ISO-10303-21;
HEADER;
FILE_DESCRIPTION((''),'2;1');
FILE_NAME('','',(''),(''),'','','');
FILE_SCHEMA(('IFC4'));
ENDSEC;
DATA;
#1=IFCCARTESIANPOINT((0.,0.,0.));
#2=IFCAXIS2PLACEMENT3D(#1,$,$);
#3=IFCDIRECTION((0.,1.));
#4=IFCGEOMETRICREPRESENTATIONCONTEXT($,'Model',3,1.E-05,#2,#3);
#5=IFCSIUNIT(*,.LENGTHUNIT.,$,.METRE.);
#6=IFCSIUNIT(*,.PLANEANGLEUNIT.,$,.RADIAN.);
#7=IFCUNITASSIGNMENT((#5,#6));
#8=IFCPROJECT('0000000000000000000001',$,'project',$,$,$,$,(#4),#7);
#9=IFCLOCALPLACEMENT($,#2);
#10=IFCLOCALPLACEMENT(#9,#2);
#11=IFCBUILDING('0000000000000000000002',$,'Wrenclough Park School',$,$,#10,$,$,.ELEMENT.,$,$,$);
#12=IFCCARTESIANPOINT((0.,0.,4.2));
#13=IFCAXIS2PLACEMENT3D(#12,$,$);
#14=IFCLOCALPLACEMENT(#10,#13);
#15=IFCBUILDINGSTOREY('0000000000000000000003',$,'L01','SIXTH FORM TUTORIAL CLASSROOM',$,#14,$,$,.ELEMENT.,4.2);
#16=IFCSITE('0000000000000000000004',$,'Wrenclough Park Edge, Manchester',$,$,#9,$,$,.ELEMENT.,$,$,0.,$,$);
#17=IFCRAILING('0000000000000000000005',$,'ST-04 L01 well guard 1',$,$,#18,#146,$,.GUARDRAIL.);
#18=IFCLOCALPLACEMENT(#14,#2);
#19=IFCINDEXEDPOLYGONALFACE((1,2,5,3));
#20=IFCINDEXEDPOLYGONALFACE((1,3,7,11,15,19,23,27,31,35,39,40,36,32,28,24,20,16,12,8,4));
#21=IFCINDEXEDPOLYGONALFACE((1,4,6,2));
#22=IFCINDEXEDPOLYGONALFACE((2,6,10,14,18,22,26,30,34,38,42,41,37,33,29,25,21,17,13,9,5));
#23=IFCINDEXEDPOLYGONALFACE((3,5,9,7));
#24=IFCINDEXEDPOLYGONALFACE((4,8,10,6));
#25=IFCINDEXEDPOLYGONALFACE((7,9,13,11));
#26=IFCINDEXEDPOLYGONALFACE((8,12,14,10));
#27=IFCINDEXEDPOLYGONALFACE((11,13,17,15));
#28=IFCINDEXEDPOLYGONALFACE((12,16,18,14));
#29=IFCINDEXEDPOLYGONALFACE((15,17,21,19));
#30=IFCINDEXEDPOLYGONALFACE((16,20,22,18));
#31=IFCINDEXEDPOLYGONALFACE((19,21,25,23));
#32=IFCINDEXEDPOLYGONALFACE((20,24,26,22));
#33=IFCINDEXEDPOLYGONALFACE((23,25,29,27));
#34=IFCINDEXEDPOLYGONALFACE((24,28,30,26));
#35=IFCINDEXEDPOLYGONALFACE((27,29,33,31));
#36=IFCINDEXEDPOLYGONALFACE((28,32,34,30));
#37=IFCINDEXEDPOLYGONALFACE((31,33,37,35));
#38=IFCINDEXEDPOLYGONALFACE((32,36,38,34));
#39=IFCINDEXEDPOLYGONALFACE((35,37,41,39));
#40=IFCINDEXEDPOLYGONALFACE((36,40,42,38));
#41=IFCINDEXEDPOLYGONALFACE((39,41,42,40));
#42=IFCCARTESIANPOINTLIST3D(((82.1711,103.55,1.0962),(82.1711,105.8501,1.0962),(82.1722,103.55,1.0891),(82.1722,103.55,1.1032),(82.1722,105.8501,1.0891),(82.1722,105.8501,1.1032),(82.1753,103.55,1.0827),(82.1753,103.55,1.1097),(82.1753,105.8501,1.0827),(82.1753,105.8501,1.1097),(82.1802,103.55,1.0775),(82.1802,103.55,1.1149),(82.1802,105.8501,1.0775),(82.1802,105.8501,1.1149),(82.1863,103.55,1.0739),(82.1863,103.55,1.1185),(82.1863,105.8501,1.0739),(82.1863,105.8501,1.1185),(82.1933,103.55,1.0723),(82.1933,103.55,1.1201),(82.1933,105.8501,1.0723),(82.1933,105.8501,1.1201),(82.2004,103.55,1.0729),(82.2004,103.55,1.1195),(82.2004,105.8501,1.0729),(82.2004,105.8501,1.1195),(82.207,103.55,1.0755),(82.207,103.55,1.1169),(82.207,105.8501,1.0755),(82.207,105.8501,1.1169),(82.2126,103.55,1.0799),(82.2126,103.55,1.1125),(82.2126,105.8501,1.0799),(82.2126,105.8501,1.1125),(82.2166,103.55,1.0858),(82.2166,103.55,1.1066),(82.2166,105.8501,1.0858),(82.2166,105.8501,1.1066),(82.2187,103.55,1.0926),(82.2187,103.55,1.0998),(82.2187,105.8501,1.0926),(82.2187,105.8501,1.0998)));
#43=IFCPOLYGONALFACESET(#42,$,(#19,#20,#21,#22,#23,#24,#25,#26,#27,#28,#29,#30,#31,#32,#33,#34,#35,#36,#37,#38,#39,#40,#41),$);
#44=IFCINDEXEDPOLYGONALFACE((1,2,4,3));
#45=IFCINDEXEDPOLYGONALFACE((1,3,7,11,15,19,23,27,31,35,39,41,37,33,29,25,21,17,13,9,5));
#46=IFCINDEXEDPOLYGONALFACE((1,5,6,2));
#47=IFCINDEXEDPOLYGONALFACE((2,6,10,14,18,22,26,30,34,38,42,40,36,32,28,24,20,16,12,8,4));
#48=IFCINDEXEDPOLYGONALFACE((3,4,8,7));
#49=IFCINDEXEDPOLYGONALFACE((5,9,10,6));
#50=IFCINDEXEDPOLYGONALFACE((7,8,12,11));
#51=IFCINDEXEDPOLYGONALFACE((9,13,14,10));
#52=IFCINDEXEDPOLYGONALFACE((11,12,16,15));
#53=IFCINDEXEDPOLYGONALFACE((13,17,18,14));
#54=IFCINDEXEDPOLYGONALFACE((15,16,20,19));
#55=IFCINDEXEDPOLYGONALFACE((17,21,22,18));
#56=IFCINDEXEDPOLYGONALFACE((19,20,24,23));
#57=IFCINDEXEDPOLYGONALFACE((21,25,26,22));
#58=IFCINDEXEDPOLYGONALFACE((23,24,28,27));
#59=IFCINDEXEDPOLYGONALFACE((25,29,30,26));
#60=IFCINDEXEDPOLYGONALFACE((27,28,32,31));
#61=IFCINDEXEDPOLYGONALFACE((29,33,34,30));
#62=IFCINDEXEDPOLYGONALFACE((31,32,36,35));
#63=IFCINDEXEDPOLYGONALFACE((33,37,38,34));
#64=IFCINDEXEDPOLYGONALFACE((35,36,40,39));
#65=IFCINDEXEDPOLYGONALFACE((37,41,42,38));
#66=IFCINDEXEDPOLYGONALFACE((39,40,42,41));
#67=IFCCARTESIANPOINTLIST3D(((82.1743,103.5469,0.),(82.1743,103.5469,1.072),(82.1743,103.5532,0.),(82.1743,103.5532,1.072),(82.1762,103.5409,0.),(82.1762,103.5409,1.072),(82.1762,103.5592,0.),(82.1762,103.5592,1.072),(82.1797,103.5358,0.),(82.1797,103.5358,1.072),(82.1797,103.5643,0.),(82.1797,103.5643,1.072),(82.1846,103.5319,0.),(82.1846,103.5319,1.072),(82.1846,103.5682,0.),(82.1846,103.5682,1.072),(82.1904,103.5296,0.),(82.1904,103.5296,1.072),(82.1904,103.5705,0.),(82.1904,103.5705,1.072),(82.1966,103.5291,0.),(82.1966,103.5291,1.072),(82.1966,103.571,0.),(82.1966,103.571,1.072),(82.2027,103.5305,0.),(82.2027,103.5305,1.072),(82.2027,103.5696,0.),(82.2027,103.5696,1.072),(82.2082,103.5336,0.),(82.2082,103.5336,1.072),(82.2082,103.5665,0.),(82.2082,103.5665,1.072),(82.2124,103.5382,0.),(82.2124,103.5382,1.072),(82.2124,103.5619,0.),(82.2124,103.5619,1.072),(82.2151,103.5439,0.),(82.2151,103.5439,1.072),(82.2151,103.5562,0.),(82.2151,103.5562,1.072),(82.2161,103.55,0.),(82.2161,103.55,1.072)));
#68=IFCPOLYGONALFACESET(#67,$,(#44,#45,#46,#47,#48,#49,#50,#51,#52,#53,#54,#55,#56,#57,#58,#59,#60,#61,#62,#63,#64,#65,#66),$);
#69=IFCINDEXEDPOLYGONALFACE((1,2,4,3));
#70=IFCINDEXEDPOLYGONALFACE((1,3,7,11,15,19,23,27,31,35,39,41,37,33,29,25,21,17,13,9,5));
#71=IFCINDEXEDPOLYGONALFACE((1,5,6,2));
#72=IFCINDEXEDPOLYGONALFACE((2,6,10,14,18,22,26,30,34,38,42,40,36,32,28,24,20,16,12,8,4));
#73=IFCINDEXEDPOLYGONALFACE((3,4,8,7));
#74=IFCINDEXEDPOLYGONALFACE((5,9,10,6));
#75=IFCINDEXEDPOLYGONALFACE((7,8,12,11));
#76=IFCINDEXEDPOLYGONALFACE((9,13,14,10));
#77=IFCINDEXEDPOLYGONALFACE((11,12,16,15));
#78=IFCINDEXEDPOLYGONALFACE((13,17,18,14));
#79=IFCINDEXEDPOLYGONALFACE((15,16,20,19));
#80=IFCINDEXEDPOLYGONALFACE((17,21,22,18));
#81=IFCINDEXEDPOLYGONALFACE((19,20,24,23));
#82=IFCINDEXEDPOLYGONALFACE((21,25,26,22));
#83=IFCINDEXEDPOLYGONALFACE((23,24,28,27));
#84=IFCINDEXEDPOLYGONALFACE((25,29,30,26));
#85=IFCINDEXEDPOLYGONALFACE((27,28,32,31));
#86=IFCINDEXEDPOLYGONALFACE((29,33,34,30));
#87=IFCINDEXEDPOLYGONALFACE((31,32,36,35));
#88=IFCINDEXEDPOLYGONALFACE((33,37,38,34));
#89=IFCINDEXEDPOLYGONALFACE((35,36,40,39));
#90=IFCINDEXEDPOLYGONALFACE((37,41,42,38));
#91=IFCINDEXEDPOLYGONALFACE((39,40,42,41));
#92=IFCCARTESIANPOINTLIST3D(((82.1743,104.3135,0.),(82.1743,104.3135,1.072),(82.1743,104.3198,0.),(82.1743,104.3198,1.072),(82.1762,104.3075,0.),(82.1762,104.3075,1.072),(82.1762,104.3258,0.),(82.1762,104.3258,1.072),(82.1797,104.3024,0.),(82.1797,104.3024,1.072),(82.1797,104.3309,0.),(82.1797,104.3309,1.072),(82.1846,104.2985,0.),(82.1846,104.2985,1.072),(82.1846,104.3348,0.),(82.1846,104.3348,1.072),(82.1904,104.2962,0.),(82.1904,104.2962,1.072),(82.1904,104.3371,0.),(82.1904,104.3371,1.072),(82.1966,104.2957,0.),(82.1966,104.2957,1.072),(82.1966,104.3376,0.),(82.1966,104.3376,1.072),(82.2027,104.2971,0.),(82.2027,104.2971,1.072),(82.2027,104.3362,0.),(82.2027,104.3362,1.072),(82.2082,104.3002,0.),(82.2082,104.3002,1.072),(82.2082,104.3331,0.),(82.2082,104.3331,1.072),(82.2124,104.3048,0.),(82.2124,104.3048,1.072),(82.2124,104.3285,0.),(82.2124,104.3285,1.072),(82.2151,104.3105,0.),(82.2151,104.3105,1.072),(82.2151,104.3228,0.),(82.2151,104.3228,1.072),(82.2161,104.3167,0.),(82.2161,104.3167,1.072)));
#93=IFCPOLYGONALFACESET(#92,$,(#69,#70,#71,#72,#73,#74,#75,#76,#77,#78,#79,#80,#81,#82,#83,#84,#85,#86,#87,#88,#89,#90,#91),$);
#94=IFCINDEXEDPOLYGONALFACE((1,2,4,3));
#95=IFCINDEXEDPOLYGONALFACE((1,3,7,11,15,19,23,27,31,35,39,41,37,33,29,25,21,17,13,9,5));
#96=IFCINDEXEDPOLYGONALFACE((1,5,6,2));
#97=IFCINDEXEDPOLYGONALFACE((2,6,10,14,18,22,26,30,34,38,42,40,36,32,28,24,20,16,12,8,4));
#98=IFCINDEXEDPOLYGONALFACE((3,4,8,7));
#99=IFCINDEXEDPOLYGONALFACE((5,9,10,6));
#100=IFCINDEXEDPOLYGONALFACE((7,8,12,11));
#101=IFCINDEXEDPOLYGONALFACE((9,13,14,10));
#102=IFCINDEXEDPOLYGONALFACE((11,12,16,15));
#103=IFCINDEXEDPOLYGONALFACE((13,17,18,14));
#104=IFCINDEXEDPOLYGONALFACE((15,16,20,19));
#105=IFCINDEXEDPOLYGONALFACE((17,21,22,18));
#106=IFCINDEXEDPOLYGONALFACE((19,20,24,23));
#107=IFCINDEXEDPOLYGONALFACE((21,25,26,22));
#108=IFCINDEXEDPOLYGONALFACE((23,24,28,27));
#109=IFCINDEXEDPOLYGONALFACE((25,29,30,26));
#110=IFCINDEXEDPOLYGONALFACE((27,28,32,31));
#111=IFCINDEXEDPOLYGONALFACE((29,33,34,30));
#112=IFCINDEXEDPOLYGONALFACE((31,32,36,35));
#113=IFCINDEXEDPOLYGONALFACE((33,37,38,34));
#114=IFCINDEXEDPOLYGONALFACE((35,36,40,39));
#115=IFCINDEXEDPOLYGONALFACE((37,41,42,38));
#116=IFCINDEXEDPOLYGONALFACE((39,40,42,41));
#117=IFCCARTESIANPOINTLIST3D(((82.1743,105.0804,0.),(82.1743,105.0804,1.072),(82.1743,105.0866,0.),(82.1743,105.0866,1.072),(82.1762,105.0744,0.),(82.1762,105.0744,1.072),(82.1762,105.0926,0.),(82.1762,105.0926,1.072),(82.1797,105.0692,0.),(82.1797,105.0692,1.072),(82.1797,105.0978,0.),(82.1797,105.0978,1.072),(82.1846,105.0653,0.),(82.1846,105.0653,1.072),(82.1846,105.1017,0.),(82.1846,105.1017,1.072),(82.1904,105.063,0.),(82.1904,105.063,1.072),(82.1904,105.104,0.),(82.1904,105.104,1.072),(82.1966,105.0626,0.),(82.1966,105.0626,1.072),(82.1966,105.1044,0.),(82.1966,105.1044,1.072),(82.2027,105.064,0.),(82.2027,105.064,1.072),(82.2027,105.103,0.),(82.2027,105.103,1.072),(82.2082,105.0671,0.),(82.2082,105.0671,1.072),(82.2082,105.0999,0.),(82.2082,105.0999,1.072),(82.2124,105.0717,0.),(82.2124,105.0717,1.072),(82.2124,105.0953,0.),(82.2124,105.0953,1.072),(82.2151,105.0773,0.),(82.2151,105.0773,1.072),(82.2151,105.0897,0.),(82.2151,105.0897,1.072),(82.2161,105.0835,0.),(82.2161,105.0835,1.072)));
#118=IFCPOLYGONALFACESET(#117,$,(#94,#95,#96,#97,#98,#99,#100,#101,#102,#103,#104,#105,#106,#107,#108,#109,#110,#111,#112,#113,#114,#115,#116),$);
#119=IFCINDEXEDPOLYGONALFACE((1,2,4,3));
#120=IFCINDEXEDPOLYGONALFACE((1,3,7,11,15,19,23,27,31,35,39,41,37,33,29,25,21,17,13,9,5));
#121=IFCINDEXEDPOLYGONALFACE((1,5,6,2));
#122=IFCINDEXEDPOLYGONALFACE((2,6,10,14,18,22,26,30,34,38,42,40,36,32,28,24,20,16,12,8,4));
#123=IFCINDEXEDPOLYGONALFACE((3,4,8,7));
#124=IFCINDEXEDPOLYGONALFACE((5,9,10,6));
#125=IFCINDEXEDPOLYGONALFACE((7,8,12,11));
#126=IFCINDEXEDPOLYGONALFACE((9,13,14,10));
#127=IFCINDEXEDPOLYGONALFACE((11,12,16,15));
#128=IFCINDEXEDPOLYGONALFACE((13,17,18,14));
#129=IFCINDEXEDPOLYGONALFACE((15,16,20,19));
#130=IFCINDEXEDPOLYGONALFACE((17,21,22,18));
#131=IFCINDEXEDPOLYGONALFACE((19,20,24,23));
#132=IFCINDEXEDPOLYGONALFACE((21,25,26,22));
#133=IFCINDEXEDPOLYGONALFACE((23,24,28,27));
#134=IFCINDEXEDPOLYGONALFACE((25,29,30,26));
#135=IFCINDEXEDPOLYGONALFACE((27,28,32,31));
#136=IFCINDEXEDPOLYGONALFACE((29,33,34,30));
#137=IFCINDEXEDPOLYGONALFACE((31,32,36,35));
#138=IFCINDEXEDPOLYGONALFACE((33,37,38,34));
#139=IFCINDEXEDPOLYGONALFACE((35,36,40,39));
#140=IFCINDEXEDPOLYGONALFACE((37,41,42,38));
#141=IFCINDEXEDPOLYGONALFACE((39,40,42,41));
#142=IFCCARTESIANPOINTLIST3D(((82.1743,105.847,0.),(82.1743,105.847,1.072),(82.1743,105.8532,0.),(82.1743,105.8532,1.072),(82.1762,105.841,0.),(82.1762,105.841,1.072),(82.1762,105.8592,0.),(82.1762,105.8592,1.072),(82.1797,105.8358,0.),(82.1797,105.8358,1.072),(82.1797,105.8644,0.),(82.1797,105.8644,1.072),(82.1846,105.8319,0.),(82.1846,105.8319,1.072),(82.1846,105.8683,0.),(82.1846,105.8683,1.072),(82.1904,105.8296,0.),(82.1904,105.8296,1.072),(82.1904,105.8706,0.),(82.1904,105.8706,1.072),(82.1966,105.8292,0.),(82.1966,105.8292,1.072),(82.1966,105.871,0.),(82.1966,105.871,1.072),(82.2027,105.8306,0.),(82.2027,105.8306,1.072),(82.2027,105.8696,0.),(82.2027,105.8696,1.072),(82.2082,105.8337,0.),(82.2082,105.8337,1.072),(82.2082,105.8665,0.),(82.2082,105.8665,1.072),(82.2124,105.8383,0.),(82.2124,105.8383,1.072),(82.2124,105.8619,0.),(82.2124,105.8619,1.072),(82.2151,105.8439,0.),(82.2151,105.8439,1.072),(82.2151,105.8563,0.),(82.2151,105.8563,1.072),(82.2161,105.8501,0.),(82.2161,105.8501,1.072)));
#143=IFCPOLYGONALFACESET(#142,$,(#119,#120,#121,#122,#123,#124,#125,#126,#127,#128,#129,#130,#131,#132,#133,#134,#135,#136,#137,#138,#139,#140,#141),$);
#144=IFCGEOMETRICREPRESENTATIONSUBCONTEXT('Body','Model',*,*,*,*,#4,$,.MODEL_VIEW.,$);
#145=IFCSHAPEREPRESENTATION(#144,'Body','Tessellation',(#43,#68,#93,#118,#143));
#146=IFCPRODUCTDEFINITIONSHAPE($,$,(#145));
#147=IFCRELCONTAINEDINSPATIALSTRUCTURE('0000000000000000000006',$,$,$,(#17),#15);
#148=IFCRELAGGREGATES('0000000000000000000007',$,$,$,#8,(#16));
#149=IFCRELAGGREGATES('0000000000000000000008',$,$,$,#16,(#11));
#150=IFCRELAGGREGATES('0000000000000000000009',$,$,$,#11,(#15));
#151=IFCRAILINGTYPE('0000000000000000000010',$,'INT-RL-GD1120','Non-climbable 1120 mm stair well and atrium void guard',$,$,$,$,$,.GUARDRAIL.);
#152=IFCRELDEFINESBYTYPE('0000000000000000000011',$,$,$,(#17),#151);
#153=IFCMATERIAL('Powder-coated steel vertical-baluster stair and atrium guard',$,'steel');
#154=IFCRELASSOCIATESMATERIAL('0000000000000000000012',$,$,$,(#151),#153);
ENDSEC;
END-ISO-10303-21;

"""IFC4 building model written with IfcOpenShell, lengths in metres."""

from ifc_helpers import new_model, si_unit, direction, frame, origin, origin_2d, place, context, subcontext, project, spatial, circle, extrude, material, type_object, element, save


model = new_model("IFC4")

# Units and contexts
model_context = context("Model", 3, precision=1e-05, world=origin(), true_north=direction((0.0, 1.0)))
body_context = subcontext(model_context, "Body", "Model", "MODEL_VIEW")
ifc_project = project(units=[si_unit("LENGTHUNIT", "METRE"), si_unit("PLANEANGLEUNIT", "RADIAN")], contexts=[model_context])

# Site, building, storey
site_placement = place(None, origin())
site = spatial("IfcSite", under=ifc_project, at=site_placement, Name="Wrenclough Park Edge, Manchester", CompositionType="ELEMENT", RefElevation=0.0)
building_placement = place(site_placement, origin())
building = spatial("IfcBuilding", under=site, at=building_placement, Name="Wrenclough Park School", CompositionType="ELEMENT")
storey_placement = place(building_placement, frame((0.0, 0.0, 4.2)))
storey = spatial("IfcBuildingStorey", under=building, at=storey_placement, Name="L01", Description="SIXTH FORM TUTORIAL CLASSROOM", CompositionType="ELEMENT", Elevation=4.2)

# Railing
ifc_material_1 = material(Name="Powder-coated steel vertical-baluster stair and atrium guard", Category="steel")
railing_type_1 = type_object("IfcRailingType", Name="INT-RL-GD1120", Description="Non-climbable 1120 mm stair well and atrium void guard", PredefinedType="GUARDRAIL", material=ifc_material_1)
railing_1_placement = place(storey_placement, frame((82.1951, 103.55, 0.0)))
element("IfcRailing", 1, at=railing_1_placement, inside=storey, type_object=railing_type_1, Name="ST-04 L01 well guard 1", PredefinedType="GUARDRAIL", context=body_context, shape_type="SweptSolid", body=[
    extrude(circle(Radius=0.0239, at=origin_2d()), frame((0.0, 0.0, 1.0962), z_axis=(0.0, 1.0, 0.0), x_axis=(-1.0, 0.0, 0.0)), (0.0, 0.0, 1.0), 2.3),
    extrude(circle(Radius=0.021, at=origin_2d()), origin(), (0.0, 0.0, 1.0), 1.072),
    extrude(circle(Radius=0.021, at=origin_2d()), frame((0.0, 0.7666, 0.0)), (0.0, 0.0, 1.0), 1.072),
    extrude(circle(Radius=0.021, at=origin_2d()), frame((0.0, 1.5334, 0.0)), (0.0, 0.0, 1.0), 1.072),
    extrude(circle(Radius=0.021, at=origin_2d()), frame((0.0, 2.3, 0.0)), (0.0, 0.0, 1.0), 1.072),
])

save(model, "model.ifc")
